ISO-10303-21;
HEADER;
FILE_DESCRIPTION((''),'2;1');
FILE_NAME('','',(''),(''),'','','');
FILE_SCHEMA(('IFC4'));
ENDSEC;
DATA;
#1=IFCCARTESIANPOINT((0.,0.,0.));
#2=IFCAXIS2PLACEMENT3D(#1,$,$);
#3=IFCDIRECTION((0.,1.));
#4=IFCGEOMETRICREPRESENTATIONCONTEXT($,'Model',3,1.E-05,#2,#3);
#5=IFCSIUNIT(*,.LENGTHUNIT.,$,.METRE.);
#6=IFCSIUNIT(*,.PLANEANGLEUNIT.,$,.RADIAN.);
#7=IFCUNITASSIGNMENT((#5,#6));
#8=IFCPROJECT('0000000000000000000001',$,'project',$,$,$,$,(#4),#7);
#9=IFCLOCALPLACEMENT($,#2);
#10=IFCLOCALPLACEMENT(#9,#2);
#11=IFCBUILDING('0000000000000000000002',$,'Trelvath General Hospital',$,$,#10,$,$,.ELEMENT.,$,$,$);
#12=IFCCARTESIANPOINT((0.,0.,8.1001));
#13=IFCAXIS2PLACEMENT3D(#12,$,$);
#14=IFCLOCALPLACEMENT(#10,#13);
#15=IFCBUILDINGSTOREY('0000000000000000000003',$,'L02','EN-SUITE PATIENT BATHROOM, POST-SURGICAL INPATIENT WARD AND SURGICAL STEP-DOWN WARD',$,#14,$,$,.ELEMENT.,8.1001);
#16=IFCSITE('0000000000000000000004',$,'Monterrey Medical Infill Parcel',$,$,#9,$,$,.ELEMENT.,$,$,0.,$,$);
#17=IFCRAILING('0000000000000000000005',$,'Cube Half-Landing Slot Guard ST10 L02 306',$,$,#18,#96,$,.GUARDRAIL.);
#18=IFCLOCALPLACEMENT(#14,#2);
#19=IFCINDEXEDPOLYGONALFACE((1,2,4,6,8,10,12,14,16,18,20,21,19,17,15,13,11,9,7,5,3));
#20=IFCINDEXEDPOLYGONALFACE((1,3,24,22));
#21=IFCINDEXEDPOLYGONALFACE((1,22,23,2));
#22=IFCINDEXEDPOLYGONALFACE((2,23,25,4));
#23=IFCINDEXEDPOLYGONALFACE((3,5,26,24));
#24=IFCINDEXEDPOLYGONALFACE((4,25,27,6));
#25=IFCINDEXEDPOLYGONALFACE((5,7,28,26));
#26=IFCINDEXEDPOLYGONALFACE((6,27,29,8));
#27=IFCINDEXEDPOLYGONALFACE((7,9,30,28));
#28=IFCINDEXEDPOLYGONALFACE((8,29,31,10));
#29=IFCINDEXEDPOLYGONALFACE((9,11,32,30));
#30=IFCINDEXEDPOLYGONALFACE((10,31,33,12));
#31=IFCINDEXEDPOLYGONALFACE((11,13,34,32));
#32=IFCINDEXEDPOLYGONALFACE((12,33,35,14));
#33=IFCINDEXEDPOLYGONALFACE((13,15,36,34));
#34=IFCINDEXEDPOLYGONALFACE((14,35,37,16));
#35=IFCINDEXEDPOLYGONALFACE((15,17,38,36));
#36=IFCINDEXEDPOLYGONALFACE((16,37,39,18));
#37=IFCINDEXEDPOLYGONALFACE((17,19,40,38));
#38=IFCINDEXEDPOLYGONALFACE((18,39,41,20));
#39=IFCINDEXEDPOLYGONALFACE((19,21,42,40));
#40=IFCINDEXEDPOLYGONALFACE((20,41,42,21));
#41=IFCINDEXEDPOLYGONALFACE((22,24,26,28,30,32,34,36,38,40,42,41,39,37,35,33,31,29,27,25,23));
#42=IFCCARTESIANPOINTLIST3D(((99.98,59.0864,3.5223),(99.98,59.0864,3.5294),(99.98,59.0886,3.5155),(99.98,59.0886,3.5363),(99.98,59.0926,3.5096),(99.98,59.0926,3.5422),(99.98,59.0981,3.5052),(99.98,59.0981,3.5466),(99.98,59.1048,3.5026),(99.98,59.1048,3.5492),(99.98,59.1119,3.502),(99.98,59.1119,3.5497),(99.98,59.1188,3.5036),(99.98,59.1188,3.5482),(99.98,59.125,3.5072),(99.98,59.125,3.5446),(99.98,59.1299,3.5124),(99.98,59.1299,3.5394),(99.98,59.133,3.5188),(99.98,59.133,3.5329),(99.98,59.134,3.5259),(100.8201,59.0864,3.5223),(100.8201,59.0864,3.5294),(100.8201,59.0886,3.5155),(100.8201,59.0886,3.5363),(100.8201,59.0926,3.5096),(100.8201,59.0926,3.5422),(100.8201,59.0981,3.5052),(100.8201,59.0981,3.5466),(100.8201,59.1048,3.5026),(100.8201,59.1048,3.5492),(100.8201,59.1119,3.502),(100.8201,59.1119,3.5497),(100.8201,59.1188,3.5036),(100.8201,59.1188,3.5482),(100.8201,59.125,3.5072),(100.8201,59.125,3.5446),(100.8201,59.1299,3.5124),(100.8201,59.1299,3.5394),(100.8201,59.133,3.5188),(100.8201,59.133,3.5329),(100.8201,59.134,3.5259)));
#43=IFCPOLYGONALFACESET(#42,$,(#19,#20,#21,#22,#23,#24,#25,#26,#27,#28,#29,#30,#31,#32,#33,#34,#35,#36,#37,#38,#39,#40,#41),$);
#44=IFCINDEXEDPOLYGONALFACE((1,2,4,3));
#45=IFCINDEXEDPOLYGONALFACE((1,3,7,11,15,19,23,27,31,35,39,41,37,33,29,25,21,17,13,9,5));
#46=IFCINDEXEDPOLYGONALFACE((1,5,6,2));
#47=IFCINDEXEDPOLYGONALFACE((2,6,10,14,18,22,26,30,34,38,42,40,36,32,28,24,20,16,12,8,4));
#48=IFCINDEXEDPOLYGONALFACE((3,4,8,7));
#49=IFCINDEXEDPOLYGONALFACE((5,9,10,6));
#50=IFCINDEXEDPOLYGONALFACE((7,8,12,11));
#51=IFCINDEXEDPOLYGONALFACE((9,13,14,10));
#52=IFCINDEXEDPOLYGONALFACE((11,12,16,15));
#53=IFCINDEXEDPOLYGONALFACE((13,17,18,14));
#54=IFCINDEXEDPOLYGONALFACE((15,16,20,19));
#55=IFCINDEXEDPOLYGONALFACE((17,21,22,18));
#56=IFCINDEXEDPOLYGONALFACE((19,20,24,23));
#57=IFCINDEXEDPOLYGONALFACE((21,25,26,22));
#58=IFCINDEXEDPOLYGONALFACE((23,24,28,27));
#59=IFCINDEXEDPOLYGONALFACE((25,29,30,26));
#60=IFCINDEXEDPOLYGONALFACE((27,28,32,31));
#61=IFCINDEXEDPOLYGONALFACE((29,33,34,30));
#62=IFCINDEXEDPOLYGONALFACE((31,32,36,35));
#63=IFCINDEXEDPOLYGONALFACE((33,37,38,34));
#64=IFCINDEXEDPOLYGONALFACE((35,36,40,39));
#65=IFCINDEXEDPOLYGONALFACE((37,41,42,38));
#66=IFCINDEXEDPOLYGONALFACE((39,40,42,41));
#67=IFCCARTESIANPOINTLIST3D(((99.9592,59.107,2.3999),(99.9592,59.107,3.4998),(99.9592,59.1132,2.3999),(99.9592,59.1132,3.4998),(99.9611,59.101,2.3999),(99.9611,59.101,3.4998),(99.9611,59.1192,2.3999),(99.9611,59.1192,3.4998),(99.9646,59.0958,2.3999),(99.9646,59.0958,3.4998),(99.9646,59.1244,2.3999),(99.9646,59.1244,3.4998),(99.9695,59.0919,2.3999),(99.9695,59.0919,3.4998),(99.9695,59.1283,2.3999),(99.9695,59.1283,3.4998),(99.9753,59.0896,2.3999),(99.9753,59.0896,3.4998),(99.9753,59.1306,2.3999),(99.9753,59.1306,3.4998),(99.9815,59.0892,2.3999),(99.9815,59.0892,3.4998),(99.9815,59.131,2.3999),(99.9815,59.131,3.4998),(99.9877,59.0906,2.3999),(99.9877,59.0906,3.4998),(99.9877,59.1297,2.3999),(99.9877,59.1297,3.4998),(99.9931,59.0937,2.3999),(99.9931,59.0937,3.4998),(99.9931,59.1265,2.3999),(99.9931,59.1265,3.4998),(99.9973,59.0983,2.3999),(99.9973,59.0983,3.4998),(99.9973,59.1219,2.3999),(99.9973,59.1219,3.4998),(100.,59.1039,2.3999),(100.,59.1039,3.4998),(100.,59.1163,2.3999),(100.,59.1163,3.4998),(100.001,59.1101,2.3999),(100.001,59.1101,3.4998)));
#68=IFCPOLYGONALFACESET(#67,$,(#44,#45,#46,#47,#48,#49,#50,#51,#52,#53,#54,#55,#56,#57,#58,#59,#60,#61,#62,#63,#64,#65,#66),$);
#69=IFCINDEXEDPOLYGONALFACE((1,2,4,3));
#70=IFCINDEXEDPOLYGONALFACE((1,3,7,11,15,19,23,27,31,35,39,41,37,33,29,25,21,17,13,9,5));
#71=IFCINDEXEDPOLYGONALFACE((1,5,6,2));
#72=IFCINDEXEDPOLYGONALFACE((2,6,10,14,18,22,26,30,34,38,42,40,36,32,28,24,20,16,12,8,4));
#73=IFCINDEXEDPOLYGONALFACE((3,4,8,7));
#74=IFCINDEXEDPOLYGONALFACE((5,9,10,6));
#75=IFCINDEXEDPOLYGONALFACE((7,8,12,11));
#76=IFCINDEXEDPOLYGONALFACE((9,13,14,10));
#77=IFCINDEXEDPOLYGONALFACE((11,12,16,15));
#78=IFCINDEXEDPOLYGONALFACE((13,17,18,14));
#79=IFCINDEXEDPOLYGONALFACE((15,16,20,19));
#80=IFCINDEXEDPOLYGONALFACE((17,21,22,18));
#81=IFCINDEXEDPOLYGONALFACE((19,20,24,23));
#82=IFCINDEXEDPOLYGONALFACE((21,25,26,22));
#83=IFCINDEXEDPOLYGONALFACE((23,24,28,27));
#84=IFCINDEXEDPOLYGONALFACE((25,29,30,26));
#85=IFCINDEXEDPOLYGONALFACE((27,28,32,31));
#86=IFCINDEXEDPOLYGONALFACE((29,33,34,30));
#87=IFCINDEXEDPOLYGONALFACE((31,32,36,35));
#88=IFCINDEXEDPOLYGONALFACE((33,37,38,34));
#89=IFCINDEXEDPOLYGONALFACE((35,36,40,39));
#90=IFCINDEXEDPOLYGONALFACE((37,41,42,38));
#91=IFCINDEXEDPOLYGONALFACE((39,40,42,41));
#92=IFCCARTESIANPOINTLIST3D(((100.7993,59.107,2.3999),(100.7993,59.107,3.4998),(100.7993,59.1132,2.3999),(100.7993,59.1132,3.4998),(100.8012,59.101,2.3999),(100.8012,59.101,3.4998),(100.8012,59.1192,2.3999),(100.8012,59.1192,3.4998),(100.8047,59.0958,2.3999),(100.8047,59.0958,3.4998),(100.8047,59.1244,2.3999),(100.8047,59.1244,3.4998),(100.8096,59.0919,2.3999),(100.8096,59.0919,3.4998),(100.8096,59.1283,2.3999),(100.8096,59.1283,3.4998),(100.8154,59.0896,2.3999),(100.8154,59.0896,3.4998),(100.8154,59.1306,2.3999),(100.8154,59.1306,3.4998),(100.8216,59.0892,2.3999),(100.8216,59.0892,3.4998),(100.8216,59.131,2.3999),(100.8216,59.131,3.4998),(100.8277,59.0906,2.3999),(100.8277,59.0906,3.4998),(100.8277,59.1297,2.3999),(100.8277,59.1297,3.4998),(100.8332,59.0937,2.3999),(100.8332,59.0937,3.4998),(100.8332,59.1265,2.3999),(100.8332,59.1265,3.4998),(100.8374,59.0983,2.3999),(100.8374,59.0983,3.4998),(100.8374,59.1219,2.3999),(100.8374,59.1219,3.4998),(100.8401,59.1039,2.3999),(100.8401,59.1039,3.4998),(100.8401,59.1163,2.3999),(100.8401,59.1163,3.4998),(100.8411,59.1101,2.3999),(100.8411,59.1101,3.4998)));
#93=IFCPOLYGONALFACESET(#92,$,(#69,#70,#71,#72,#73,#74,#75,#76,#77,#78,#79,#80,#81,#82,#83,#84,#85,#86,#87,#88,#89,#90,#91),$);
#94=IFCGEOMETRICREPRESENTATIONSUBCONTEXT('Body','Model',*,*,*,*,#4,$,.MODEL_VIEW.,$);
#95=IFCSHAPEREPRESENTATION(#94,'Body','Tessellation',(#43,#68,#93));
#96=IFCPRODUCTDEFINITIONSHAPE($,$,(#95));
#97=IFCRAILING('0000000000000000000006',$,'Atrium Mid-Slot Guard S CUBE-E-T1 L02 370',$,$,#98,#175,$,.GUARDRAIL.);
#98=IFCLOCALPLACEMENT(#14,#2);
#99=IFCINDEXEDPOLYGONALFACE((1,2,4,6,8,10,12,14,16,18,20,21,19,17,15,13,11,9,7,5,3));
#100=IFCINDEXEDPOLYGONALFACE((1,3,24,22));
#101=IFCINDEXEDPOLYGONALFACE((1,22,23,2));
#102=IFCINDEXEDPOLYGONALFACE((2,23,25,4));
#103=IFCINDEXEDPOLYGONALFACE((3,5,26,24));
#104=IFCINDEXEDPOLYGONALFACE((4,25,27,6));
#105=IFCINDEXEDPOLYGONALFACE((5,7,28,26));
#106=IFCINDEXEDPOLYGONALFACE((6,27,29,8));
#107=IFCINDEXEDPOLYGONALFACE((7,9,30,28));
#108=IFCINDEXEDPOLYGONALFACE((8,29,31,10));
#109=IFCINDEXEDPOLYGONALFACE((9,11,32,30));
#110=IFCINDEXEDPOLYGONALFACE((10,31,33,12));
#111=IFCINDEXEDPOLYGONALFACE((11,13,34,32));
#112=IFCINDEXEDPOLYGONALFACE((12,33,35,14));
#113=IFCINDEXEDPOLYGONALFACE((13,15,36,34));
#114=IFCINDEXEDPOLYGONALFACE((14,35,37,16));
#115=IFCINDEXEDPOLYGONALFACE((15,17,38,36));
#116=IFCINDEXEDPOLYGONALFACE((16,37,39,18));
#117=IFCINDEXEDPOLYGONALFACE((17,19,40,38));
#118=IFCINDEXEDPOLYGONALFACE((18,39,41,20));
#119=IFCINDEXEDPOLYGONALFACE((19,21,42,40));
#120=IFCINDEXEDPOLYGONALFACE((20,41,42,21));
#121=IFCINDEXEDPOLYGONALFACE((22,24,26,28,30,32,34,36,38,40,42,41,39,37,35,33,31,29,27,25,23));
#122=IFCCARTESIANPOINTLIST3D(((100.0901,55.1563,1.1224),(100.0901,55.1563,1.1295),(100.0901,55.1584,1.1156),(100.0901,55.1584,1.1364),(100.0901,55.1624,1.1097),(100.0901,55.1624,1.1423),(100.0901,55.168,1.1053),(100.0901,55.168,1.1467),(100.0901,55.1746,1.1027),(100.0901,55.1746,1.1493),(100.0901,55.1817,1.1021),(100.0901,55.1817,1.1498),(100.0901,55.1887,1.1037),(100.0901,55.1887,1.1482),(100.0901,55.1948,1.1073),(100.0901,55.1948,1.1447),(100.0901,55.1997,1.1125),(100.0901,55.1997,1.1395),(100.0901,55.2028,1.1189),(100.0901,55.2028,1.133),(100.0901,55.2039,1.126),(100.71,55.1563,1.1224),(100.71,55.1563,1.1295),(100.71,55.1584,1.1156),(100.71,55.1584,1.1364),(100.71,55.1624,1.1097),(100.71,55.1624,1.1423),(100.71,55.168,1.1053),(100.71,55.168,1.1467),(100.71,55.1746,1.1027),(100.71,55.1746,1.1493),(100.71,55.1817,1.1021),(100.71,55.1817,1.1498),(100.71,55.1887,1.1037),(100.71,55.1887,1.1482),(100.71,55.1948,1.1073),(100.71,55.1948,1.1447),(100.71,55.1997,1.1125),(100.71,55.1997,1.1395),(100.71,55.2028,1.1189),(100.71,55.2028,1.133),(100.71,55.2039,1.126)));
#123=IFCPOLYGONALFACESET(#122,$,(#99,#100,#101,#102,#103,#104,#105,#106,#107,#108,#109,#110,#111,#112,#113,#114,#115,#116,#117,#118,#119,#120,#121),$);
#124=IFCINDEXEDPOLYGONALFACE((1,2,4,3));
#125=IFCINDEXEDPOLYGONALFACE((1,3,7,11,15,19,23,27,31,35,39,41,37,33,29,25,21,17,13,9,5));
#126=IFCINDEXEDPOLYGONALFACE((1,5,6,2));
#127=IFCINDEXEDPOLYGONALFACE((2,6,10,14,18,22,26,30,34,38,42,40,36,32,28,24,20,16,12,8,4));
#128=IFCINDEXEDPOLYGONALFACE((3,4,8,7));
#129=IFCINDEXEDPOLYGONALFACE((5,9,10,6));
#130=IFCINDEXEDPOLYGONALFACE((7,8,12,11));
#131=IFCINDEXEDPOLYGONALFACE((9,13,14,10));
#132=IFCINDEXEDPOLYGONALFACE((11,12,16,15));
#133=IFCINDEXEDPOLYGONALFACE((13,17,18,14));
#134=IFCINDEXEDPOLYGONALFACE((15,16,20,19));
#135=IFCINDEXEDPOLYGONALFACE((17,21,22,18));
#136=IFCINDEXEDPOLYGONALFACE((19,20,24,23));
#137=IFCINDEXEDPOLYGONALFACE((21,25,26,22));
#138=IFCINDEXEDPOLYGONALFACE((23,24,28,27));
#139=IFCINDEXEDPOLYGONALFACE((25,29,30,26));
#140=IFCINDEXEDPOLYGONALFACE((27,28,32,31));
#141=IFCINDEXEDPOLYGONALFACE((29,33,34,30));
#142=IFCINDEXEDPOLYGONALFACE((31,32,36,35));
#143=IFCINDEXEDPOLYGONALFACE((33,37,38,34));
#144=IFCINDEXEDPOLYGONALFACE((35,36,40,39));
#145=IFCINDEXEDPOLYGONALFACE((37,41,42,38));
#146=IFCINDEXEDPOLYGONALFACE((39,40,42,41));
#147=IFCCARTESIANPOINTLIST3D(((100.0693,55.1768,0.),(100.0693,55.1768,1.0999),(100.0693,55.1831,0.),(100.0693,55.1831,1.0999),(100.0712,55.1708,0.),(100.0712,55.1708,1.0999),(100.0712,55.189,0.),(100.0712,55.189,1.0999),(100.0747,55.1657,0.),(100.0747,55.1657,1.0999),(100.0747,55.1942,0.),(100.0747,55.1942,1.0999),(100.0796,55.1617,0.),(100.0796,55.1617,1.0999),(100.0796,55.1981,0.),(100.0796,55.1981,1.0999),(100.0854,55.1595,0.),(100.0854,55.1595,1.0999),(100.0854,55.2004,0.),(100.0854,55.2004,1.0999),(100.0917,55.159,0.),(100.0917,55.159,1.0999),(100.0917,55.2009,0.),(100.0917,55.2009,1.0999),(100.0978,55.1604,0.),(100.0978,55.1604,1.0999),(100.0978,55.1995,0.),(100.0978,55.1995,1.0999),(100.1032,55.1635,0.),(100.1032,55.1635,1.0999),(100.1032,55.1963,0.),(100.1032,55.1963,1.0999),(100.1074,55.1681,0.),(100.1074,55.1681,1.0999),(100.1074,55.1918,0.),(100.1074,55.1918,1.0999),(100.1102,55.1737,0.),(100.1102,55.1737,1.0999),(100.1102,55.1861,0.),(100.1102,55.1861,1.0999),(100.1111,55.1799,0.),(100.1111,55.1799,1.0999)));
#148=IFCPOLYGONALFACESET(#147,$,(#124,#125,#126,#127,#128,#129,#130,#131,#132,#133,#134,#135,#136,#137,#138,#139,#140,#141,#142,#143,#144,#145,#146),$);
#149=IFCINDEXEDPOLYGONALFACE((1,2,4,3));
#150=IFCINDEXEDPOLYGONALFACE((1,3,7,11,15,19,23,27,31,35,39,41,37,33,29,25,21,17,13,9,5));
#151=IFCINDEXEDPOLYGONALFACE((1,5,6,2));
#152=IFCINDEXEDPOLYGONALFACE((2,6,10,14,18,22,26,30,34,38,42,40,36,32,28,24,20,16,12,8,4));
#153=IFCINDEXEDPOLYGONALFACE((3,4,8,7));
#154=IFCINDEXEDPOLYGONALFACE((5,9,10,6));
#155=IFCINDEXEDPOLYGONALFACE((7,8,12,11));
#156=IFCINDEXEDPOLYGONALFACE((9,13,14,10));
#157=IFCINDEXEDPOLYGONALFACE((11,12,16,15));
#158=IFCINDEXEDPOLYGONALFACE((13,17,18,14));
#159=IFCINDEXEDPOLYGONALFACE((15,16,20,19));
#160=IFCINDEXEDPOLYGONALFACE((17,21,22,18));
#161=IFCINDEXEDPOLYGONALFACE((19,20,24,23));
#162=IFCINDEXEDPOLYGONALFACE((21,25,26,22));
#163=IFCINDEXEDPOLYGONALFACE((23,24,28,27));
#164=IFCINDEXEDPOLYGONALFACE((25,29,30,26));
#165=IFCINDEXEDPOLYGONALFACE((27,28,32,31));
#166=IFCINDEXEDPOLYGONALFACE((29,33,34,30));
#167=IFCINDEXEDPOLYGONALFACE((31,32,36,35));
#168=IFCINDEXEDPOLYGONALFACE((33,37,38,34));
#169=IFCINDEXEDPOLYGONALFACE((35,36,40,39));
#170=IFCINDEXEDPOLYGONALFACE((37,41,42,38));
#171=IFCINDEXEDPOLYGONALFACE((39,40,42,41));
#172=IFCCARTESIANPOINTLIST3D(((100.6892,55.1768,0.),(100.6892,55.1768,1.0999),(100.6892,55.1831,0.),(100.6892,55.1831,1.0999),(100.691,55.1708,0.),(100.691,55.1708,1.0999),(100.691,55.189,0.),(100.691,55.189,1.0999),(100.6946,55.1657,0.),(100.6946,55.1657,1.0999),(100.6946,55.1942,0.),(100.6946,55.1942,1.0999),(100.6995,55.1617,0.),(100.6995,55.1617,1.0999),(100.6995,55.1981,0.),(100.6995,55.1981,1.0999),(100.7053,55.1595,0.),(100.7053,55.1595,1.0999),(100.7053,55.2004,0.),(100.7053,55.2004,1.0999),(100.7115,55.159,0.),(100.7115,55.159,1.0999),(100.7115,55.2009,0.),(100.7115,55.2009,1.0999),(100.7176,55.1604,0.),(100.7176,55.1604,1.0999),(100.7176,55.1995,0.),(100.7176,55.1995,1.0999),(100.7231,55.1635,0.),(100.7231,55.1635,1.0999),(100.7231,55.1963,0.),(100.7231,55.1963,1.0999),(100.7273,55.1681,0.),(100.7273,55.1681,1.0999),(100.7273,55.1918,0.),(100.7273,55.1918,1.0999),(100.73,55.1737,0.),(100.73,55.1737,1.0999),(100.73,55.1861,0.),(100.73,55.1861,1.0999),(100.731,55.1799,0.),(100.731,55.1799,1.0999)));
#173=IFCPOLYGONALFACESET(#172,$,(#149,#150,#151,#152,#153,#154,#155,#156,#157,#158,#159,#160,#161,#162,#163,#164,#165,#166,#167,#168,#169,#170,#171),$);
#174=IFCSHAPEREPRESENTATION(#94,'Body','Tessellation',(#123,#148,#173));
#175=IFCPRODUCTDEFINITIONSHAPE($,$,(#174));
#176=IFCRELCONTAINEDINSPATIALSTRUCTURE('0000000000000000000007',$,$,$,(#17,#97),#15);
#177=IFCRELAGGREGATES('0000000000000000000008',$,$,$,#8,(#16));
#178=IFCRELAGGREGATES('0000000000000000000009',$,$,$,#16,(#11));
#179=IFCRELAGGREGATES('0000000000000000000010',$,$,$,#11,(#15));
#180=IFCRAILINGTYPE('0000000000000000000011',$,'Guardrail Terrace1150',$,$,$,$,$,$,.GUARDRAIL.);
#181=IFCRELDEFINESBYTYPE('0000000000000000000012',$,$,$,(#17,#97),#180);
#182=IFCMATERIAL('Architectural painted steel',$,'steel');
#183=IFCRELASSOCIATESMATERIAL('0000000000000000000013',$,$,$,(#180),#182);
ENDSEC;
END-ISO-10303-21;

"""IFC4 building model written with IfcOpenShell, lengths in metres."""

from ifc_helpers import new_model, si_unit, direction, frame, origin, origin_2d, place, context, subcontext, project, spatial, circle, extrude, material, type_object, element, save


model = new_model("IFC4")

# Units and contexts
model_context = context("Model", 3, precision=1e-05, world=origin(), true_north=direction((0.0, 1.0)))
body_context = subcontext(model_context, "Body", "Model", "MODEL_VIEW")
ifc_project = project(units=[si_unit("LENGTHUNIT", "METRE"), si_unit("PLANEANGLEUNIT", "RADIAN")], contexts=[model_context])

# Site, building, storey
site_placement = place(None, origin())
site = spatial("IfcSite", under=ifc_project, at=site_placement, Name="Monterrey Medical Infill Parcel", CompositionType="ELEMENT", RefElevation=0.0)
building_placement = place(site_placement, origin())
building = spatial("IfcBuilding", under=site, at=building_placement, Name="Trelvath General Hospital", CompositionType="ELEMENT")
storey_placement = place(building_placement, frame((0.0, 0.0, 8.1001)))
storey = spatial("IfcBuildingStorey", under=building, at=storey_placement, Name="L02", Description="EN-SUITE PATIENT BATHROOM, POST-SURGICAL INPATIENT WARD AND SURGICAL STEP-DOWN WARD", CompositionType="ELEMENT", Elevation=8.1001)

# Railings
ifc_material_1 = material(Name="Architectural painted steel", Category="steel")
railing_type = type_object("IfcRailingType", Name="Guardrail Terrace1150", PredefinedType="GUARDRAIL", material=ifc_material_1)
railing_1_placement = place(storey_placement, frame((99.98, 59.1101, 2.3999)))
element("IfcRailing", 1, at=railing_1_placement, inside=storey, type_object=railing_type, Name="Cube Half-Landing Slot Guard ST10 L02 306", PredefinedType="GUARDRAIL", context=body_context, shape_type="SweptSolid", body=[
    extrude(circle(Radius=0.0239, at=origin_2d()), frame((0.0, 0.0, 1.126), z_axis=(1.0, 0.0, 0.0), x_axis=(0.0, 1.0, 0.0)), (0.0, 0.0, 1.0), 0.8401),
    extrude(circle(Radius=0.021, at=origin_2d()), origin(), (0.0, 0.0, 1.0), 1.0999),
    extrude(circle(Radius=0.021, at=origin_2d()), frame((0.8401, 0.0, 0.0)), (0.0, 0.0, 1.0), 1.0999),
])
railing_2_placement = place(storey_placement, frame((100.0901, 55.1799, 0.0)))
element("IfcRailing", 2, at=railing_2_placement, inside=storey, type_object=railing_type, Name="Atrium Mid-Slot Guard S CUBE-E-T1 L02 370", PredefinedType="GUARDRAIL", context=body_context, shape_type="SweptSolid", body=[
    extrude(circle(Radius=0.0239, at=origin_2d()), frame((0.0, 0.0, 1.126), z_axis=(1.0, 0.0, 0.0), x_axis=(0.0, 1.0, 0.0)), (0.0, 0.0, 1.0), 0.6199),
    extrude(circle(Radius=0.021, at=origin_2d()), origin(), (0.0, 0.0, 1.0), 1.0999),
    extrude(circle(Radius=0.021, at=origin_2d()), frame((0.6199, 0.0, 0.0)), (0.0, 0.0, 1.0), 1.0999),
])

save(model, "model.ifc")
